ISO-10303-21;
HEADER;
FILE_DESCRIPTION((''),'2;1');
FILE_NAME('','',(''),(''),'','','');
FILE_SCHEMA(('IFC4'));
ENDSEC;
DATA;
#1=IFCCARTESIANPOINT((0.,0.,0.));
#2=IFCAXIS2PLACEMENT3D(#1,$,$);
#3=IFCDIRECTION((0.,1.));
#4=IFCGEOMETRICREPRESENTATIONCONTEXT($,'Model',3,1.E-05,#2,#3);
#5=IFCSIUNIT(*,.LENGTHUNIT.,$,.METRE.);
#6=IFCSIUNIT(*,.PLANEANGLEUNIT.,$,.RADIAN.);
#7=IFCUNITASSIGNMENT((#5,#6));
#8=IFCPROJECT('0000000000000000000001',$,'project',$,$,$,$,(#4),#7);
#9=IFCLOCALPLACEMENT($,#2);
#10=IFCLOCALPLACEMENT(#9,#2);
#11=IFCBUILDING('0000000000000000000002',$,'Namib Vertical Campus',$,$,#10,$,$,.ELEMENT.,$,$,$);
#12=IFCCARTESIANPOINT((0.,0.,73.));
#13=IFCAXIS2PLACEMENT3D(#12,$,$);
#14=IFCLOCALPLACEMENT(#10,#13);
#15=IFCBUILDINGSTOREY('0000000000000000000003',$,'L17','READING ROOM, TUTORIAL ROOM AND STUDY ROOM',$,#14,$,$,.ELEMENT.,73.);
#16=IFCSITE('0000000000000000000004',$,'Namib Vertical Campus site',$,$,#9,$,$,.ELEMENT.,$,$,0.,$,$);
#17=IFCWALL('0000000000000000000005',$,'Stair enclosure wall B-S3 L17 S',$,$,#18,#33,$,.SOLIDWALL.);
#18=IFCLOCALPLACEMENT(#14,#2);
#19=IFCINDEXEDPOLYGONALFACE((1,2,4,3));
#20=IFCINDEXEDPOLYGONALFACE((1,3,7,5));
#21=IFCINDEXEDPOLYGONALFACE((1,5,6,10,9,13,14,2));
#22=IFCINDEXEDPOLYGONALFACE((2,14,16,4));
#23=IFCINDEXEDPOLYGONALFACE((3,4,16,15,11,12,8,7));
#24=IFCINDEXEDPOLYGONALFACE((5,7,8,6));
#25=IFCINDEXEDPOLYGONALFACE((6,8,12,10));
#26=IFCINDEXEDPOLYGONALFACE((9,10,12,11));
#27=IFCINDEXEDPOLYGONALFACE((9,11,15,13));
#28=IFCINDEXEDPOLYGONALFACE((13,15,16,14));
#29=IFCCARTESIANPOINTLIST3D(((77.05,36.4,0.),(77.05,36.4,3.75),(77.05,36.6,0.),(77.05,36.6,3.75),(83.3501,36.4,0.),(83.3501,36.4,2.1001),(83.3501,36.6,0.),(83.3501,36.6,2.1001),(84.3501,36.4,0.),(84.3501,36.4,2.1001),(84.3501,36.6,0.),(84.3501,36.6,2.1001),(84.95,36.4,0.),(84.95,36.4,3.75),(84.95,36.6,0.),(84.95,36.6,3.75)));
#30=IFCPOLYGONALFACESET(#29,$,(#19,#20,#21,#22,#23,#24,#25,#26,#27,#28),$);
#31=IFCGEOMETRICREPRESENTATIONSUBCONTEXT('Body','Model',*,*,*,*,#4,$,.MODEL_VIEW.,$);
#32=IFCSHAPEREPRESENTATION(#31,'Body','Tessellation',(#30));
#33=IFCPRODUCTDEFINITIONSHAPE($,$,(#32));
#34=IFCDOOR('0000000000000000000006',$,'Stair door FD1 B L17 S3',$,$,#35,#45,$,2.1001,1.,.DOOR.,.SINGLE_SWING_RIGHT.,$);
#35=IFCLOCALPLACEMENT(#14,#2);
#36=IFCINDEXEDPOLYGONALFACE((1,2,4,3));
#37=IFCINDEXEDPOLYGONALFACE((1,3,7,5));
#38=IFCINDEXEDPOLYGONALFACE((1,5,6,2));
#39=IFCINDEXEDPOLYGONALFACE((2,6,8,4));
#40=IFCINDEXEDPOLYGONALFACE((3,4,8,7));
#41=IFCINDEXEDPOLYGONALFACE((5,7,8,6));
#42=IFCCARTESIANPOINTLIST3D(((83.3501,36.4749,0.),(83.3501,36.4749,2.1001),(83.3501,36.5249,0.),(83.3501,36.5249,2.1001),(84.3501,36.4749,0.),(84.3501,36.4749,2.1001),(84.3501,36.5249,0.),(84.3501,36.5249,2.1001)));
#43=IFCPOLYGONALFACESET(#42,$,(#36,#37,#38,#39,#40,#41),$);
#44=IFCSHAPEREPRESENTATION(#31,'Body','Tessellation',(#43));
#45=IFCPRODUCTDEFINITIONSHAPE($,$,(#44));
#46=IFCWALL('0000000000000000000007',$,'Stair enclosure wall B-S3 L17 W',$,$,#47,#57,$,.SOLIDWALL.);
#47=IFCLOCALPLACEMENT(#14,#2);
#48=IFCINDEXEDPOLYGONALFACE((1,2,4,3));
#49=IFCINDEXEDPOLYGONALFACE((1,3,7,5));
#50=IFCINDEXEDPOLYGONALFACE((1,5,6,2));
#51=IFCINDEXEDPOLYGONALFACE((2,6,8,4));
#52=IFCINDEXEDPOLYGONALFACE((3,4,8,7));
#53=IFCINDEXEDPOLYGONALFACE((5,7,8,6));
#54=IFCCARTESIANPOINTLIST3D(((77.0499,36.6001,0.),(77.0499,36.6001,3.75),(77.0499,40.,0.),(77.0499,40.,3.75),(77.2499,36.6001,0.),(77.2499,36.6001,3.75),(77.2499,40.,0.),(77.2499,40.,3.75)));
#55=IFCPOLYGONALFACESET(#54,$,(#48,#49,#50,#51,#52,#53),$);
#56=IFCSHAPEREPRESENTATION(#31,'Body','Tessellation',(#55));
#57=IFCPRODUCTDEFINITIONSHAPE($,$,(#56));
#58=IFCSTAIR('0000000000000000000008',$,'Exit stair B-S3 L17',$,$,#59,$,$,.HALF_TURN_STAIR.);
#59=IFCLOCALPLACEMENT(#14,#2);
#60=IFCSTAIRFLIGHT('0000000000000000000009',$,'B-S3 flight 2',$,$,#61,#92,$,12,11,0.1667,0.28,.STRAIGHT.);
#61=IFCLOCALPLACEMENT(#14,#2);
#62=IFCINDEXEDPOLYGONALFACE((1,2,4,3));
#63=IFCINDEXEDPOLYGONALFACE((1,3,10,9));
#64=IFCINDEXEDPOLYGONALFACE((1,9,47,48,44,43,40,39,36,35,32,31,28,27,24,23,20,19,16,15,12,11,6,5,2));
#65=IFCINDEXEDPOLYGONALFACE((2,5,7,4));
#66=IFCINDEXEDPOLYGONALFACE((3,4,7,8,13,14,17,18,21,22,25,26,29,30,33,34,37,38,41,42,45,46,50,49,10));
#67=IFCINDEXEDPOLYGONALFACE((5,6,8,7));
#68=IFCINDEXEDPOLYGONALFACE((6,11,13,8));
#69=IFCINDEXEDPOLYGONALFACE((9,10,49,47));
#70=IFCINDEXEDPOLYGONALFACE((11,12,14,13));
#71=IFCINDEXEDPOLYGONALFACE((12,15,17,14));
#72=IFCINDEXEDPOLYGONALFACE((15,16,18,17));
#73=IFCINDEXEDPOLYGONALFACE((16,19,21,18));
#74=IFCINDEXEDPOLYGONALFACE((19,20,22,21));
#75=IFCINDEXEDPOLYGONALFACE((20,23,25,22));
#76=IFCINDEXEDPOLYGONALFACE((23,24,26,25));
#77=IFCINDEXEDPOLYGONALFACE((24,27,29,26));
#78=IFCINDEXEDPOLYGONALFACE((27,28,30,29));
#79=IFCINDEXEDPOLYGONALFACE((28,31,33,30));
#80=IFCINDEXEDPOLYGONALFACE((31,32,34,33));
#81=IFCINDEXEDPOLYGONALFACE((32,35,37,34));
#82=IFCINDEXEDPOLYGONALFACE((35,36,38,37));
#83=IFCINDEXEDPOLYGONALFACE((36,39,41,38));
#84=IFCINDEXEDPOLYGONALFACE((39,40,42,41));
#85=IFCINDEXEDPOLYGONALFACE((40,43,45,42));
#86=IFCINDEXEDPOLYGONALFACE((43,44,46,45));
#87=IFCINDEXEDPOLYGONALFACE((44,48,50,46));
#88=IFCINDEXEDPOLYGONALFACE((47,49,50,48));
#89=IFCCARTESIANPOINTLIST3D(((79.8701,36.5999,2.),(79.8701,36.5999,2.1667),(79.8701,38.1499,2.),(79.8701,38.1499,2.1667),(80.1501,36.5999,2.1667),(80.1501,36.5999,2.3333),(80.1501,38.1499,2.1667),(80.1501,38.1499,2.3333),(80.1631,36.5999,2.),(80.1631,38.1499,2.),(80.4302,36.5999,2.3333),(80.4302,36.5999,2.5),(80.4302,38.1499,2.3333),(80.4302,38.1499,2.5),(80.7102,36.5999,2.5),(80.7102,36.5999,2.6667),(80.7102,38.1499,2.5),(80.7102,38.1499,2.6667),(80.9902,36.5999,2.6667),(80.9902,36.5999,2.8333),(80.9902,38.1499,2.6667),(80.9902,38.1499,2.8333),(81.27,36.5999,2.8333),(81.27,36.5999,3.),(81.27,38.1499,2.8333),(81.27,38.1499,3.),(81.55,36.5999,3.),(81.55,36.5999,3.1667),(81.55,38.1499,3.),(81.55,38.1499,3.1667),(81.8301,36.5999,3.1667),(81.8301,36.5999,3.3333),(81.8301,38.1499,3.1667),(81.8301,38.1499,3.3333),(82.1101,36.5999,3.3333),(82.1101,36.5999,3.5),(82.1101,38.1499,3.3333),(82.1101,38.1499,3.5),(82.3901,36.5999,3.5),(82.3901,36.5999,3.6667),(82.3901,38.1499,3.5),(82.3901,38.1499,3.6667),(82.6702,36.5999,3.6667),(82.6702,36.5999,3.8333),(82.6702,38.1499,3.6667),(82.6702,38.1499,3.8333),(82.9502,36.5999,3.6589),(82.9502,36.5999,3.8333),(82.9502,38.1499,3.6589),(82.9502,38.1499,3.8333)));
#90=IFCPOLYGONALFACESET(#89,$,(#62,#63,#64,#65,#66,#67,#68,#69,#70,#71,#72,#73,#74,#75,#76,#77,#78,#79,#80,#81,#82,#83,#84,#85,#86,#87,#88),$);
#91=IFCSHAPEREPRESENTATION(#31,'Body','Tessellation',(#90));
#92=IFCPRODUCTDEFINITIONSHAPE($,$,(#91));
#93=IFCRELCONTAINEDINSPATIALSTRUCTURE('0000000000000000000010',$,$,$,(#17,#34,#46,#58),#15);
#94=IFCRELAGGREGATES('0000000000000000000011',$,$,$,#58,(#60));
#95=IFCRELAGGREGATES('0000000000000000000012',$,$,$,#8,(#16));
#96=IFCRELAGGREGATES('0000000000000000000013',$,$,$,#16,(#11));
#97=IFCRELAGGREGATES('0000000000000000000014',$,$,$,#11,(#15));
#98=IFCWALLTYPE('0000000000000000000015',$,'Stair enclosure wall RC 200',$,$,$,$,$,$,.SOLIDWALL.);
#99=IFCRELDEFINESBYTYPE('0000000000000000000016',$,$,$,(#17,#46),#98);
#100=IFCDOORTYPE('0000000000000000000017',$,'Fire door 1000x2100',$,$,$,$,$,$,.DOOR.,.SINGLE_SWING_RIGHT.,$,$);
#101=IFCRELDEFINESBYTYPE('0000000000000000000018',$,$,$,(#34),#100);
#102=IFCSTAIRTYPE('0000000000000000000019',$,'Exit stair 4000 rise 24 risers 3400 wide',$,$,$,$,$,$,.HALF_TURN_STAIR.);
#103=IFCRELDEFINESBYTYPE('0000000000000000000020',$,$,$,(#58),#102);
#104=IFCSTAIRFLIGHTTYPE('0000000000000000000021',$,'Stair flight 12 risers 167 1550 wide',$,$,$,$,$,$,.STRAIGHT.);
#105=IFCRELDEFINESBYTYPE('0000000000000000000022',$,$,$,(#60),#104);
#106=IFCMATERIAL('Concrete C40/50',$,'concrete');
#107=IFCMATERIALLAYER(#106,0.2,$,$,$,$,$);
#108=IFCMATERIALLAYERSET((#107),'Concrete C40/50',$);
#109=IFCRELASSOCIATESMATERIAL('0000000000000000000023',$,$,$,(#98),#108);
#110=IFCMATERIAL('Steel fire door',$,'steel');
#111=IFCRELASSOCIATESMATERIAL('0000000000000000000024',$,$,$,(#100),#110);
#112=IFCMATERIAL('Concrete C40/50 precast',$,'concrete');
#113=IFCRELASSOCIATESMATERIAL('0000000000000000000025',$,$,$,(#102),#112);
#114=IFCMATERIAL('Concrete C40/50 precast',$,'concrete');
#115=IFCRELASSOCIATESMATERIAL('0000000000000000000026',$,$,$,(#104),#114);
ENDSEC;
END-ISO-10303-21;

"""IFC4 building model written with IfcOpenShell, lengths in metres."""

from ifc_helpers import new_model, si_unit, direction, frame, frame_2d, origin, place, context, subcontext, project, spatial, polyline, rectangle, outline, extrude, material, layer, layer_set, type_object, element, fill, aggregate, save


model = new_model("IFC4")

# Units and contexts
model_context = context("Model", 3, precision=1e-05, world=origin(), true_north=direction((0.0, 1.0)))
body_context = subcontext(model_context, "Body", "Model", "MODEL_VIEW")
ifc_project = project(units=[si_unit("LENGTHUNIT", "METRE"), si_unit("PLANEANGLEUNIT", "RADIAN")], contexts=[model_context])

# Site, building, storey
site_placement = place(None, origin())
site = spatial("IfcSite", under=ifc_project, at=site_placement, Name="Namib Vertical Campus site", CompositionType="ELEMENT", RefElevation=0.0)
building_placement = place(site_placement, origin())
building = spatial("IfcBuilding", under=site, at=building_placement, Name="Namib Vertical Campus", CompositionType="ELEMENT")
storey_placement = place(building_placement, frame((0.0, 0.0, 73.0)))
storey = spatial("IfcBuildingStorey", under=building, at=storey_placement, Name="L17", Description="READING ROOM, TUTORIAL ROOM AND STUDY ROOM", CompositionType="ELEMENT", Elevation=73.0)

# Wall, opening, door
ifc_material_1 = material(Name="Concrete C40/50", Category="concrete")
ifc_layer_1 = layer(ifc_material_1, 0.2)
ifc_layer_set_1 = layer_set([ifc_layer_1], Name="Concrete C40/50")
wall_type_1 = type_object("IfcWallType", Name="Stair enclosure wall RC 200", PredefinedType="SOLIDWALL", material=ifc_layer_set_1)
wall_1_placement = place(storey_placement, frame((77.05, 36.5, 0.0), z_axis=(0.0, 0.0, 1.0), x_axis=(1.0, 0.0, 0.0)))
wall_1 = element("IfcWall", 1, at=wall_1_placement, inside=storey, type_object=wall_type_1, Name="Stair enclosure wall B-S3 L17 S", PredefinedType="SOLIDWALL", context=body_context, shape_type="SweptSolid", body=[
    extrude(rectangle(XDim=7.8999, YDim=0.2, at=frame_2d((3.95, 0.0))), origin(), (0.0, 0.0, 1.0), 3.75),
])
opening_1_placement = place(wall_1_placement, frame((6.3, 0.0, 0.0)))
opening_1 = element("IfcOpeningElement", 2, at=opening_1_placement, cuts=wall_1, PredefinedType="OPENING", context=body_context, shape_type="SweptSolid", body=[
    extrude(rectangle(XDim=1.0, YDim=2.1001, at=frame_2d((0.5, 1.05))), frame((0.0, 0.1099, 0.0), z_axis=(0.0, -1.0, 0.0), x_axis=(1.0, 0.0, 0.0)), (0.0, 0.0, 1.0), 0.22),
])
ifc_material_2 = material(Name="Steel fire door", Category="steel")
door_type_1 = type_object("IfcDoorType", Name="Fire door 1000x2100", OperationType="SINGLE_SWING_RIGHT", PredefinedType="DOOR", material=ifc_material_2)
door_1_placement = place(opening_1_placement, origin())
door_1 = element("IfcDoor", 3, at=door_1_placement, inside=storey, type_object=door_type_1, Name="Stair door FD1 B L17 S3", OperationType="SINGLE_SWING_RIGHT", OverallHeight=2.1001, OverallWidth=1.0, PredefinedType="DOOR", context=body_context, shape_type="SweptSolid", body=[
    extrude(rectangle(XDim=1.0, YDim=2.1001, at=frame_2d((0.5, 1.05))), frame((0.0, 0.0249, 0.0), z_axis=(0.0, -1.0, 0.0), x_axis=(1.0, 0.0, 0.0)), (0.0, 0.0, 1.0), 0.05),
])
fill(opening_1, door_1)

# Wall
wall_2_placement = place(storey_placement, frame((77.1499, 36.6001, 0.0), z_axis=(0.0, 0.0, 1.0), x_axis=(0.0, 1.0, 0.0)))
element("IfcWall", 4, at=wall_2_placement, inside=storey, type_object=wall_type_1, Name="Stair enclosure wall B-S3 L17 W", PredefinedType="SOLIDWALL", context=body_context, shape_type="SweptSolid", body=[
    extrude(rectangle(XDim=3.3999, YDim=0.2, at=frame_2d((1.7, 0.0))), origin(), (0.0, 0.0, 1.0), 3.75),
])

# Stair, stair flight
ifc_material_3 = material(Name="Concrete C40/50 precast", Category="concrete")
stair_type = type_object("IfcStairType", Name="Exit stair 4000 rise 24 risers 3400 wide", PredefinedType="HALF_TURN_STAIR", material=ifc_material_3)
stair_placement = place(storey_placement, origin())
stair = element("IfcStair", 5, at=stair_placement, inside=storey, type_object=stair_type, Name="Exit stair B-S3 L17", PredefinedType="HALF_TURN_STAIR")
ifc_material_4 = material(Name="Concrete C40/50 precast", Category="concrete")
stair_flight_type = type_object("IfcStairFlightType", Name="Stair flight 12 risers 167 1550 wide", PredefinedType="STRAIGHT", material=ifc_material_4)
stair_flight_placement = place(storey_placement, frame((79.8701, 37.375, 2.0), z_axis=(0.0, 0.0, 1.0), x_axis=(1.0, 0.0, 0.0)))
stair_flight = element("IfcStairFlight", 6, at=stair_flight_placement, type_object=stair_flight_type, Name="B-S3 flight 2", NumberOfRisers=12, NumberOfTreads=11, PredefinedType="STRAIGHT", RiserHeight=0.1667, TreadLength=0.28, context=body_context, shape_type="SweptSolid", body=[
    extrude(outline(polyline([(0.0, 0.0), (0.0, 0.1667), (0.28, 0.1667), (0.28, 0.3333), (0.5601, 0.3333), (0.5601, 0.5), (0.8401, 0.5), (0.8401, 0.6667), (1.1201, 0.6667), (1.1201, 0.8333), (1.3999, 0.8333), (1.3999, 1.0), (1.6799, 1.0), (1.6799, 1.1667), (1.96, 1.1667), (1.96, 1.3333), (2.24, 1.3333), (2.24, 1.5), (2.52, 1.5), (2.52, 1.6667), (2.8, 1.6667), (2.8, 1.8333), (3.0801, 1.8333), (3.0801, 2.0), (3.0801, 1.6589), (0.293, 0.0), (0.0, 0.0)])), frame((0.0, 0.7749, 0.0), z_axis=(0.0, -1.0, 0.0), x_axis=(1.0, 0.0, 0.0)), (0.0, 0.0, 1.0), 1.55),
])
aggregate(stair, [stair_flight])

save(model, "model.ifc")
